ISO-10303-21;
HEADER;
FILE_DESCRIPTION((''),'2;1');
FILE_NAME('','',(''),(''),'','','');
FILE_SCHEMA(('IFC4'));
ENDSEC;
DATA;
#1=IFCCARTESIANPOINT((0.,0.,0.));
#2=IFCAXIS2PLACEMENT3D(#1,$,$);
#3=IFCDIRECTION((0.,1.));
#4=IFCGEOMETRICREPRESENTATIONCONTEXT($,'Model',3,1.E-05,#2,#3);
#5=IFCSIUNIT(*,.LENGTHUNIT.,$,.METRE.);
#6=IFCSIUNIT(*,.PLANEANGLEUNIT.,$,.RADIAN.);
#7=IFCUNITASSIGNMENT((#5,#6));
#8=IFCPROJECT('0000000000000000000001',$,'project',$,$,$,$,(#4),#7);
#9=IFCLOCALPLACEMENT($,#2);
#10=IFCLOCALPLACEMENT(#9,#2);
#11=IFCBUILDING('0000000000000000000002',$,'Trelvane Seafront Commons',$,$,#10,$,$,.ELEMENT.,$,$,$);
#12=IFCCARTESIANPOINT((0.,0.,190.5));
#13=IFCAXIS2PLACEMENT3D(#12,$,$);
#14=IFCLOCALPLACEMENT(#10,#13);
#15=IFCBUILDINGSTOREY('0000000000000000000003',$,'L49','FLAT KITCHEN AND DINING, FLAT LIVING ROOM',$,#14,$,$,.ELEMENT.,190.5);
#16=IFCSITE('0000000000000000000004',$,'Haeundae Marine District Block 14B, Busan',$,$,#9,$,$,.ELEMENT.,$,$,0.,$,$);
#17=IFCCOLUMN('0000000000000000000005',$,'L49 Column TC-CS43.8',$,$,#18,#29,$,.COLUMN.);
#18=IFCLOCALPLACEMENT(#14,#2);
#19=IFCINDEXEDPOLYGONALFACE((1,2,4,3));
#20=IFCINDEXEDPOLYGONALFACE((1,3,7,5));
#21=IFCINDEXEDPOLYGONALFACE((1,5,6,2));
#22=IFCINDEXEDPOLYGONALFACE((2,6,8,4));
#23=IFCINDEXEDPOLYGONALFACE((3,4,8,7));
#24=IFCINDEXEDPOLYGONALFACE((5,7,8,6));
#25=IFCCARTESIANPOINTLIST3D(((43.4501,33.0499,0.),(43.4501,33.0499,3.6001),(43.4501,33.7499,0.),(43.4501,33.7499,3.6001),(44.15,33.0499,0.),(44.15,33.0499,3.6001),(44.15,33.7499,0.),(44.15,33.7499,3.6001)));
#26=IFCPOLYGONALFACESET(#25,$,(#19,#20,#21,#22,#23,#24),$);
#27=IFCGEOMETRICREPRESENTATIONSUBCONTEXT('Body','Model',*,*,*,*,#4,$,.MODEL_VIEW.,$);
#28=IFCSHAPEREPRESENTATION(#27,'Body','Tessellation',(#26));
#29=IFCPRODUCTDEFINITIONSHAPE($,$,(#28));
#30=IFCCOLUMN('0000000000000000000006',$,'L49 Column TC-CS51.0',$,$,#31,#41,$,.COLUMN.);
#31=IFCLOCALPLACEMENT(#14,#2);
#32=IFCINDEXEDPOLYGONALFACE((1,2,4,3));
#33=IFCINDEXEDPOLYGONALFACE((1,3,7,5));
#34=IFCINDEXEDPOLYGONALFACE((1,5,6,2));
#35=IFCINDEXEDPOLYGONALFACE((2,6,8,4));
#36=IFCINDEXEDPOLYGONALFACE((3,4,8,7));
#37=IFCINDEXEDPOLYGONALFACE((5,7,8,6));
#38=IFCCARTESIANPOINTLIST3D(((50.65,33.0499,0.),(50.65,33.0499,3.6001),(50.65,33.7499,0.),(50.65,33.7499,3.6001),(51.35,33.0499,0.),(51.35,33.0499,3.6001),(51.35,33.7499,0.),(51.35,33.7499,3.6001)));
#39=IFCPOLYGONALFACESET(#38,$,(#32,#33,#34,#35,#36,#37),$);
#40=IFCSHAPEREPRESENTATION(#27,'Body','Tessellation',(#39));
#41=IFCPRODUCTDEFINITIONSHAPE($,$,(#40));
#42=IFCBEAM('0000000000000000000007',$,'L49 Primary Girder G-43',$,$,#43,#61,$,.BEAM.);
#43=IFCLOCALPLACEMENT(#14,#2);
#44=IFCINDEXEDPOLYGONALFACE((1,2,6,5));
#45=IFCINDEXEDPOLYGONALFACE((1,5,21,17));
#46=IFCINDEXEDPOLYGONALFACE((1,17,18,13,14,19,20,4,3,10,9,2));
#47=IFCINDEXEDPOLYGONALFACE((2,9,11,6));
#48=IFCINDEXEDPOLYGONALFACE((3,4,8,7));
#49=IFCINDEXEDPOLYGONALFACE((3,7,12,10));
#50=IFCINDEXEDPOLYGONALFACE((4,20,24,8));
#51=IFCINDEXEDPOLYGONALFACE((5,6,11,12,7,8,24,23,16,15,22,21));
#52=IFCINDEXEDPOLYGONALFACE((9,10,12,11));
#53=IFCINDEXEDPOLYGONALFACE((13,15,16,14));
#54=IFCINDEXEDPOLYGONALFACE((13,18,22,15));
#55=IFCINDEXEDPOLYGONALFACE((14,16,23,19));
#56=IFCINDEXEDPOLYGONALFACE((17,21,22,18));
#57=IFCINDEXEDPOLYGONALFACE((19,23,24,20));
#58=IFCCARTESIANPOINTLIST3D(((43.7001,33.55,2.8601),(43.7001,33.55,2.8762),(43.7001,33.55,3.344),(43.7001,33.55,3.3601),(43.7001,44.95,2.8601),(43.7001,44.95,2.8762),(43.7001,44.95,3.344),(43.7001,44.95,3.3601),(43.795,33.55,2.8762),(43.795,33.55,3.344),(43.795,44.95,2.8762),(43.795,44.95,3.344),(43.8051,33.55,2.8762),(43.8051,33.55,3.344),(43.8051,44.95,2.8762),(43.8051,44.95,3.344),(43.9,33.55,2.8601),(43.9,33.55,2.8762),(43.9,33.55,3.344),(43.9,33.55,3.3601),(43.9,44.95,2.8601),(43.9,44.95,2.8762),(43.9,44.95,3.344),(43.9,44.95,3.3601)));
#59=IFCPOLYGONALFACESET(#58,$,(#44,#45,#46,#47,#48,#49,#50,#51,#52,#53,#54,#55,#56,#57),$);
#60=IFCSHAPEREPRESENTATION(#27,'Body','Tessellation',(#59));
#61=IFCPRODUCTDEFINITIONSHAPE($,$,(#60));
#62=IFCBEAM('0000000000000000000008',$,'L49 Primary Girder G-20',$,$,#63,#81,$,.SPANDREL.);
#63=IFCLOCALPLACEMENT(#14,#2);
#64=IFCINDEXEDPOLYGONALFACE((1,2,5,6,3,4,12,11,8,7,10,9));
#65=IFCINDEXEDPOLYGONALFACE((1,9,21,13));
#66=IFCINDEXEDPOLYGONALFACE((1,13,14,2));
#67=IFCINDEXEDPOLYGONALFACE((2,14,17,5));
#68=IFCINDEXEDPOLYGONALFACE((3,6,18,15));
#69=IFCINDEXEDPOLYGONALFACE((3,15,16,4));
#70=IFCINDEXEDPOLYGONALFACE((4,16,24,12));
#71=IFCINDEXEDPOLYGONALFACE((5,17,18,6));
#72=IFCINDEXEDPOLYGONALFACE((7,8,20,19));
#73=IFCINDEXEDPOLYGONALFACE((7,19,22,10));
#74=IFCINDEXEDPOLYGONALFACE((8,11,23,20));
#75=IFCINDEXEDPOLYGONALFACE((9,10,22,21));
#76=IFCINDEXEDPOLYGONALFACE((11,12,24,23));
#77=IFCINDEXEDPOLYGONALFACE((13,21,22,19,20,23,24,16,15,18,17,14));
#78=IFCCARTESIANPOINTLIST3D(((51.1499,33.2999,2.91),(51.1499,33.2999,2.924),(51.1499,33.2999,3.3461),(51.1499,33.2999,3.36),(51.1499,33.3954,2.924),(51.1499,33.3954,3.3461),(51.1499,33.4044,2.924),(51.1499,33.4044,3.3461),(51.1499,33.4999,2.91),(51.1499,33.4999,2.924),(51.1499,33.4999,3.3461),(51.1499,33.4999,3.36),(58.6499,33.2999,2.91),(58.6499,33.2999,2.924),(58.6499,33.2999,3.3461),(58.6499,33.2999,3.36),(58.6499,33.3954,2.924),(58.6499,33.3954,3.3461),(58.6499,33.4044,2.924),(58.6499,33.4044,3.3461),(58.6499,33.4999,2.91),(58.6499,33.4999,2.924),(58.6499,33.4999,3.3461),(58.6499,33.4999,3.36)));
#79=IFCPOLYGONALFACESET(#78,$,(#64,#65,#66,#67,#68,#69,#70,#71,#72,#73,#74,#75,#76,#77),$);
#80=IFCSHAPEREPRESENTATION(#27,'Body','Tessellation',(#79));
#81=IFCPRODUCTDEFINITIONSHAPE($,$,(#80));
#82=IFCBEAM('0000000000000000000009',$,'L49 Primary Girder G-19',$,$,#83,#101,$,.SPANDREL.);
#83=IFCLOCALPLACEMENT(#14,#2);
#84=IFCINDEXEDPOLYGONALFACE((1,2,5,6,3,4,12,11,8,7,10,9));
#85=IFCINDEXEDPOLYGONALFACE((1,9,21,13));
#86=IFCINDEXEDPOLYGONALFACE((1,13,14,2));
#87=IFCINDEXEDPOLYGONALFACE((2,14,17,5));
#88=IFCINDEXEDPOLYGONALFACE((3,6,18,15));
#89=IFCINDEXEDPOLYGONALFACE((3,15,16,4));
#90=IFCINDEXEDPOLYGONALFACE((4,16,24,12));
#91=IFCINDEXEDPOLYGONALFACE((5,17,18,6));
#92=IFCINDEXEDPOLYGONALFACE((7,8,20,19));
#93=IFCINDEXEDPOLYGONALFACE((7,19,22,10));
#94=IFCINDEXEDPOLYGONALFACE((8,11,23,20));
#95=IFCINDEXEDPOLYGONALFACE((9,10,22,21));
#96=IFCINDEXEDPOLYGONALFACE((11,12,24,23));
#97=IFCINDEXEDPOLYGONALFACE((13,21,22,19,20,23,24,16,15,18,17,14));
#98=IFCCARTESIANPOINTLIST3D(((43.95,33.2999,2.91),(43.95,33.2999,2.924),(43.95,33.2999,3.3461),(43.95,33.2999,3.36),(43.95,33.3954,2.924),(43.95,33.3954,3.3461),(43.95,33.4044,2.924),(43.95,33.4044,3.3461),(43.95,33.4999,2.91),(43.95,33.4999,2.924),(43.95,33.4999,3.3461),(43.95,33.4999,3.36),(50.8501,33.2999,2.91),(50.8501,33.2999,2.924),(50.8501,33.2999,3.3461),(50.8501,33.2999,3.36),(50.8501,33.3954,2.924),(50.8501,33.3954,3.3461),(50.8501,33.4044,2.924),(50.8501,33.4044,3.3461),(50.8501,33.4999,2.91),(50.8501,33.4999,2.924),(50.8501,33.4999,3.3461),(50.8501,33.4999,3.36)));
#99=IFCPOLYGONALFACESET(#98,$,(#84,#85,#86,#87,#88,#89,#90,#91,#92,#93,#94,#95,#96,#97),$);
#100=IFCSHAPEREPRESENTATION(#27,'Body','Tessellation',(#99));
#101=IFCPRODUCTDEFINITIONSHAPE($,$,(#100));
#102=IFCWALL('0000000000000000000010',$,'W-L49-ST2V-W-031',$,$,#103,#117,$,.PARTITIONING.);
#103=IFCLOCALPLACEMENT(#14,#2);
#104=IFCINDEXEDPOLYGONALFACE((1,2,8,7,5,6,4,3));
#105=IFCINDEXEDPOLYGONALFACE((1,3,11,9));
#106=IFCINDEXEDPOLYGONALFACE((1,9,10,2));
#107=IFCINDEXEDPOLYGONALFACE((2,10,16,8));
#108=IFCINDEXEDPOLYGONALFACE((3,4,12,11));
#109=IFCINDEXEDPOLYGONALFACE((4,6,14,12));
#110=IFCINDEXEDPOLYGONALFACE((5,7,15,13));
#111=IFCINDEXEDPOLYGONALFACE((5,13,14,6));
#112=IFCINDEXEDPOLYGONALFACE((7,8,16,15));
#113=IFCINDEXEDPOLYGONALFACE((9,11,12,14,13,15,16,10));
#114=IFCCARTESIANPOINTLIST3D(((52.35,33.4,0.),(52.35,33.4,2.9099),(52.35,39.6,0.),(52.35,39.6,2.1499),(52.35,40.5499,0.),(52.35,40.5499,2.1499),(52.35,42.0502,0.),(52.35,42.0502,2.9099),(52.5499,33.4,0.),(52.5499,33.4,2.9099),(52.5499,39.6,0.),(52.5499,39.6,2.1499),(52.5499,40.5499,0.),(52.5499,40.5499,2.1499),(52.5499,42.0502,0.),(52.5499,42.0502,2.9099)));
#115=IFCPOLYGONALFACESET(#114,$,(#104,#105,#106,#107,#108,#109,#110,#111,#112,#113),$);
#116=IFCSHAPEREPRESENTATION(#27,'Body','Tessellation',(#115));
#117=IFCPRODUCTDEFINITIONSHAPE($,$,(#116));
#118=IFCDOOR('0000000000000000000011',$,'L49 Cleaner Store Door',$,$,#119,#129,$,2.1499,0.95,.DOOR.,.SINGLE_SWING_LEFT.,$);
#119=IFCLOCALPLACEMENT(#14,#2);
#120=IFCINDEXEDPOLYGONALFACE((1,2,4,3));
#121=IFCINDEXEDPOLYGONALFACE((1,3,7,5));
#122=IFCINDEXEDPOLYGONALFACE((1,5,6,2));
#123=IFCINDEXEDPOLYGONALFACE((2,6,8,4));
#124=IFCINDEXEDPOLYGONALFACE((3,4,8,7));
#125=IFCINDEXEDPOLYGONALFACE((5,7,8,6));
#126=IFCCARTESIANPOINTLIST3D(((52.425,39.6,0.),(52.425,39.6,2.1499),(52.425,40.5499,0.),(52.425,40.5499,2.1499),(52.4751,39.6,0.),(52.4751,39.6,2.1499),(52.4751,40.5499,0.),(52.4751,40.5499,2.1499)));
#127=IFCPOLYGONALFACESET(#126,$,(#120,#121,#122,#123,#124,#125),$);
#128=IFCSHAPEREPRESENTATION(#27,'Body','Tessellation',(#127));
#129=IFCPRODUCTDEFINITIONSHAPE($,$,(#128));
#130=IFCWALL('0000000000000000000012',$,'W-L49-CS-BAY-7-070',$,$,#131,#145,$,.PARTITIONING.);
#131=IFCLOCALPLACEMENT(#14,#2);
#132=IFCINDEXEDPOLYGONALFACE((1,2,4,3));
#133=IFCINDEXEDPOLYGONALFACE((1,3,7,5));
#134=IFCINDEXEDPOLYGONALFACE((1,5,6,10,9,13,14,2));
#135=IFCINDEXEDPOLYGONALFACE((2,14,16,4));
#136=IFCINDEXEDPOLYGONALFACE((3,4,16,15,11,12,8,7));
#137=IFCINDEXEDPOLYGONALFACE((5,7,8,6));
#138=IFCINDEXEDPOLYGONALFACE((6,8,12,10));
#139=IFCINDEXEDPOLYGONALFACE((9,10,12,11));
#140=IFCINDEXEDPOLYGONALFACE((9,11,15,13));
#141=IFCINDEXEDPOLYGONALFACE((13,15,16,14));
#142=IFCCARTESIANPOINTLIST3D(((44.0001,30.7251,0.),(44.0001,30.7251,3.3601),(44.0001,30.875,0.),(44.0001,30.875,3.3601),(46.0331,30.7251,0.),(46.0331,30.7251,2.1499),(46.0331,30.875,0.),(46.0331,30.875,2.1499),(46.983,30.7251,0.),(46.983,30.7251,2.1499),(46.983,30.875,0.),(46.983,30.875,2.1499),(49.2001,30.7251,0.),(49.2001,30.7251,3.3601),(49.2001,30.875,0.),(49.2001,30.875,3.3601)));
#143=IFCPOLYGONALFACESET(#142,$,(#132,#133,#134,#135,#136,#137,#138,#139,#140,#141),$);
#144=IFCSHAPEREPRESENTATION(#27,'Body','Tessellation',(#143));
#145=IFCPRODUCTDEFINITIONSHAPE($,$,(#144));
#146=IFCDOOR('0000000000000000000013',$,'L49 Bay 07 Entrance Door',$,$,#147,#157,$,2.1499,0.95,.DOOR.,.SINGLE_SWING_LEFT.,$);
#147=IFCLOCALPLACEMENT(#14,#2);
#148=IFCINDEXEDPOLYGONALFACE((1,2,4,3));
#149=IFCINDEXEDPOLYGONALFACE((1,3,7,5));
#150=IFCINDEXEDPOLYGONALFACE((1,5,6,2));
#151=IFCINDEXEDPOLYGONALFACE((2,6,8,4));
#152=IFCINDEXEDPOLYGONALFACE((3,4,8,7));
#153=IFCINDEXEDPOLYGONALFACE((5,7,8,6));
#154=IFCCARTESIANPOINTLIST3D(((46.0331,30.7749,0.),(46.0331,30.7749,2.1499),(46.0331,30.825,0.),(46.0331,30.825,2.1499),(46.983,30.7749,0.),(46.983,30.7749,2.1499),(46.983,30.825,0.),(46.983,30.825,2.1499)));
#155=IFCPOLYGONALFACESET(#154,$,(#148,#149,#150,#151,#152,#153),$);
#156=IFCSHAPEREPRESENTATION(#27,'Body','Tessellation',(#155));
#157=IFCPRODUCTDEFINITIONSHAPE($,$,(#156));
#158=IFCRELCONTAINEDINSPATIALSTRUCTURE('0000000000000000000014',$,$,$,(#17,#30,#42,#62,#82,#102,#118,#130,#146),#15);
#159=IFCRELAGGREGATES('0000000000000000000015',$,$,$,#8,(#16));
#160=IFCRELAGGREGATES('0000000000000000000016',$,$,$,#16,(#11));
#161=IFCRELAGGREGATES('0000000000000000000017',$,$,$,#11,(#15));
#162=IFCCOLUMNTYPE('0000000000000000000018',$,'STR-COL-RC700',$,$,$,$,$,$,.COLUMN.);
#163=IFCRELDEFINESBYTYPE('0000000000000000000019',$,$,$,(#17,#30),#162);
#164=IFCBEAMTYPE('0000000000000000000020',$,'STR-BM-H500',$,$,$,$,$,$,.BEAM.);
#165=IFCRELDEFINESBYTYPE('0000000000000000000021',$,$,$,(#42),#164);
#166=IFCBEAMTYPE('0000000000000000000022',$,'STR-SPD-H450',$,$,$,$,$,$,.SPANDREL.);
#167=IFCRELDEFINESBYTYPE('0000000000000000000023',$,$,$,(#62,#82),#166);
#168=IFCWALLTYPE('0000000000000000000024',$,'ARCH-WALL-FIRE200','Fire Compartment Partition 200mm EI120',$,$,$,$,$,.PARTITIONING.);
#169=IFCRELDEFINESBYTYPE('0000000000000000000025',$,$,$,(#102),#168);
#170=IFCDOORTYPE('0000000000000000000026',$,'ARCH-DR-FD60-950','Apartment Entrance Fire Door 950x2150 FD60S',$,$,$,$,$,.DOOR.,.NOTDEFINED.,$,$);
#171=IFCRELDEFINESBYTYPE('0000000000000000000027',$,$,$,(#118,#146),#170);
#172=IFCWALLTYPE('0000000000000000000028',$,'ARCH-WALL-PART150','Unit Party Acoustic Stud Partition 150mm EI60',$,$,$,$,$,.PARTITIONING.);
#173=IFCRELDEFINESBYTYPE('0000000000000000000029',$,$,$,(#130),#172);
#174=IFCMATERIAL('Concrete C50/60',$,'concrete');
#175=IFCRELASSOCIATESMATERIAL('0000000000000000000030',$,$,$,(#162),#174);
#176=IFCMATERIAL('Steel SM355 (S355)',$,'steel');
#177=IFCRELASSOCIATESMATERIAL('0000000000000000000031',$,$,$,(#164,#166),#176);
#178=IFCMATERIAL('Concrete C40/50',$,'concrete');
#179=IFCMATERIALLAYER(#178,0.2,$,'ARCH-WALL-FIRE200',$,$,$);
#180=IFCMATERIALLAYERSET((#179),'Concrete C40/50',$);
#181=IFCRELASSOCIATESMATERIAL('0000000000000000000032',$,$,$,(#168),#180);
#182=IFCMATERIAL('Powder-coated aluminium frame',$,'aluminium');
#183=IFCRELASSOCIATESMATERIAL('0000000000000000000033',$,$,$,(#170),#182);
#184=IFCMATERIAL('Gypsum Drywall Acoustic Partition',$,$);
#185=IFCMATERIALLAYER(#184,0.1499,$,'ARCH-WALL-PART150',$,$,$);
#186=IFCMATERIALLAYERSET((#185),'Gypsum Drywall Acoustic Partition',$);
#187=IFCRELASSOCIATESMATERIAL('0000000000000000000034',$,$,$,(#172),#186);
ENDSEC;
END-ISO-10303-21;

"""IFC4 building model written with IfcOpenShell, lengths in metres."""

from ifc_helpers import new_model, si_unit, direction, frame, frame_2d, origin, origin_2d, place, context, subcontext, project, spatial, rectangle, i_section, extrude, source, transform, mapped, material, layer, layer_set, material_profile, profile_set, type_object, element, fill, save


model = new_model("IFC4")

# Units and contexts
model_context = context("Model", 3, precision=1e-05, world=origin(), true_north=direction((0.0, 1.0)))
body_context = subcontext(model_context, "Body", "Model", "MODEL_VIEW")
ifc_project = project(units=[si_unit("LENGTHUNIT", "METRE"), si_unit("PLANEANGLEUNIT", "RADIAN")], contexts=[model_context])

# Site, building, storey
site_placement = place(None, origin())
site = spatial("IfcSite", under=ifc_project, at=site_placement, Name="Haeundae Marine District Block 14B, Busan", CompositionType="ELEMENT", RefElevation=0.0)
building_placement = place(site_placement, origin())
building = spatial("IfcBuilding", under=site, at=building_placement, Name="Trelvane Seafront Commons", CompositionType="ELEMENT")
storey_placement = place(building_placement, frame((0.0, 0.0, 190.5)))
storey = spatial("IfcBuildingStorey", under=building, at=storey_placement, Name="L49", Description="FLAT KITCHEN AND DINING, FLAT LIVING ROOM", CompositionType="ELEMENT", Elevation=190.5)

# Columns
ifc_material_1 = material(Name="Concrete C50/60", Category="concrete")
ifc_material_profile_1 = material_profile(ifc_material_1, rectangle(XDim=0.7, YDim=0.7, at=origin_2d()), Name="RC-700x700")
ifc_profile_set_1 = profile_set([ifc_material_profile_1], Name="Concrete C50/60")
column_type = type_object("IfcColumnType", Name="STR-COL-RC700", PredefinedType="COLUMN", material=ifc_profile_set_1)
shared_shape_1 = source(origin(), body_context, "Body", "SweptSolid", [
    extrude(rectangle(XDim=0.7, YDim=0.7, at=origin_2d()), origin(), (0.0, 0.0, 1.0), 3.6001),
])
for number, where, z_axis, x_axis, name in (
    (1, (43.8, 33.3999, 0.0), (0.0, 0.0, 1.0), (1.0, 0.0, 0.0), "L49 Column TC-CS43.8"),
    (2, (51.0, 33.3999, 0.0), (0.0, 0.0, 1.0), (1.0, 0.0, 0.0), "L49 Column TC-CS51.0"),
):
    element("IfcColumn", number, at=place(storey_placement, frame(where, z_axis=z_axis, x_axis=x_axis)), inside=storey, type_object=column_type, Name=name, PredefinedType="COLUMN", context=body_context, shape_type="MappedRepresentation", body=[
        mapped(shared_shape_1, transform((0.0, 0.0, 0.0), x_axis=(1.0, 0.0, 0.0), y_axis=(0.0, 1.0, 0.0), z_axis=(0.0, 0.0, 1.0), scale=1.0)),
    ])

# Beams
ifc_material_2 = material(Name="Steel SM355 (S355)", Category="steel")
ifc_material_profile_2 = material_profile(ifc_material_2, i_section(OverallWidth=0.2, OverallDepth=0.5, WebThickness=0.01, FlangeThickness=0.0161, at=origin_2d()), Name="H-500x200x10x16")
ifc_profile_set_2 = profile_set([ifc_material_profile_2], Name="Steel SM355 (S355)")
beam_type_1 = type_object("IfcBeamType", Name="STR-BM-H500", PredefinedType="BEAM", material=ifc_profile_set_2)
shared_shape_2 = source(origin(), body_context, "Body", "SweptSolid", [
    extrude(i_section(OverallWidth=0.2, OverallDepth=0.5, WebThickness=0.01, FlangeThickness=0.0161, at=origin_2d()), origin(), (0.0, 0.0, 1.0), 11.3999),
])
beam_1_placement = place(storey_placement, frame((43.8, 33.55, 3.1101), z_axis=(0.0, 1.0, 0.0), x_axis=(-1.0, 0.0, 0.0)))
element("IfcBeam", 3, at=beam_1_placement, inside=storey, type_object=beam_type_1, Name="L49 Primary Girder G-43", PredefinedType="BEAM", context=body_context, shape_type="MappedRepresentation", body=[
    mapped(shared_shape_2, transform((0.0, 0.0, 0.0), x_axis=(1.0, 0.0, 0.0), y_axis=(0.0, 1.0, 0.0), z_axis=(0.0, 0.0, 1.0), scale=1.0)),
])
ifc_material_profile_3 = material_profile(ifc_material_2, i_section(OverallWidth=0.2, OverallDepth=0.45, WebThickness=0.009, FlangeThickness=0.0139, at=origin_2d()), Name="H-450x200x9x14")
ifc_profile_set_3 = profile_set([ifc_material_profile_3], Name="Steel SM355 (S355)")
beam_type_2 = type_object("IfcBeamType", Name="STR-SPD-H450", PredefinedType="SPANDREL", material=ifc_profile_set_3)
shared_shape_3 = source(origin(), body_context, "Body", "SweptSolid", [
    extrude(i_section(OverallWidth=0.2, OverallDepth=0.45, WebThickness=0.009, FlangeThickness=0.0139, at=origin_2d()), origin(), (0.0, 0.0, 1.0), 7.5),
])
beam_2_placement = place(storey_placement, frame((51.1499, 33.3999, 3.135), z_axis=(1.0, 0.0, 0.0), x_axis=(0.0, 1.0, 0.0)))
element("IfcBeam", 4, at=beam_2_placement, inside=storey, type_object=beam_type_2, Name="L49 Primary Girder G-20", PredefinedType="SPANDREL", context=body_context, shape_type="MappedRepresentation", body=[
    mapped(shared_shape_3, transform((0.0, 0.0, 0.0), x_axis=(1.0, 0.0, 0.0), y_axis=(0.0, 1.0, 0.0), z_axis=(0.0, 0.0, 1.0), scale=1.0)),
])
shared_shape_4 = source(origin(), body_context, "Body", "SweptSolid", [
    extrude(i_section(OverallWidth=0.2, OverallDepth=0.45, WebThickness=0.009, FlangeThickness=0.0139, at=origin_2d()), origin(), (0.0, 0.0, 1.0), 6.9001),
])
beam_3_placement = place(storey_placement, frame((43.95, 33.3999, 3.135), z_axis=(1.0, 0.0, 0.0), x_axis=(0.0, 1.0, 0.0)))
element("IfcBeam", 5, at=beam_3_placement, inside=storey, type_object=beam_type_2, Name="L49 Primary Girder G-19", PredefinedType="SPANDREL", context=body_context, shape_type="MappedRepresentation", body=[
    mapped(shared_shape_4, transform((0.0, 0.0, 0.0), x_axis=(1.0, 0.0, 0.0), y_axis=(0.0, 1.0, 0.0), z_axis=(0.0, 0.0, 1.0), scale=1.0)),
])

# Wall, opening, door
ifc_material_3 = material(Name="Concrete C40/50", Category="concrete")
ifc_layer_1 = layer(ifc_material_3, 0.2, Name="ARCH-WALL-FIRE200")
ifc_layer_set_1 = layer_set([ifc_layer_1], Name="Concrete C40/50")
wall_type_1 = type_object("IfcWallType", Name="ARCH-WALL-FIRE200", Description="Fire Compartment Partition 200mm EI120", PredefinedType="PARTITIONING", material=ifc_layer_set_1)
wall_1_placement = place(storey_placement, frame((52.45, 33.3999, 0.0), z_axis=(0.0, 0.0, 1.0), x_axis=(0.0, 1.0, 0.0)))
wall_1 = element("IfcWall", 6, at=wall_1_placement, inside=storey, type_object=wall_type_1, Name="W-L49-ST2V-W-031", PredefinedType="PARTITIONING", context=body_context, shape_type="SweptSolid", body=[
    extrude(rectangle(XDim=8.6501, YDim=0.2, at=frame_2d((4.3252, 0.0))), origin(), (0.0, 0.0, 1.0), 2.9099),
])
opening_1_placement = place(wall_1_placement, frame((6.2, 0.0, 0.0)))
opening_1 = element("IfcOpeningElement", 7, at=opening_1_placement, cuts=wall_1, PredefinedType="OPENING", context=body_context, shape_type="SweptSolid", body=[
    extrude(rectangle(XDim=0.95, YDim=2.1499, at=frame_2d((0.4751, 1.075))), frame((0.0, 0.1099, 0.0), z_axis=(0.0, -1.0, 0.0), x_axis=(1.0, 0.0, 0.0)), (0.0, 0.0, 1.0), 0.22),
])
ifc_material_4 = material(Name="Powder-coated aluminium frame", Category="aluminium")
door_type_1 = type_object("IfcDoorType", Name="ARCH-DR-FD60-950", Description="Apartment Entrance Fire Door 950x2150 FD60S", OperationType="NOTDEFINED", PredefinedType="DOOR", material=ifc_material_4)
shared_shape_5 = source(origin(), body_context, "Body", "SweptSolid", [
    extrude(rectangle(XDim=0.95, YDim=2.1499, at=frame_2d((0.4751, 1.075))), frame((0.0, 0.0249, 0.0), z_axis=(0.0, -1.0, 0.0), x_axis=(1.0, 0.0, 0.0)), (0.0, 0.0, 1.0), 0.05),
])
door_1_placement = place(opening_1_placement, origin())
door_1 = element("IfcDoor", 8, at=door_1_placement, inside=storey, type_object=door_type_1, Name="L49 Cleaner Store Door", OperationType="SINGLE_SWING_LEFT", OverallHeight=2.1499, OverallWidth=0.95, PredefinedType="DOOR", context=body_context, shape_type="MappedRepresentation", body=[
    mapped(shared_shape_5, transform((0.0, 0.0, 0.0), x_axis=(1.0, 0.0, 0.0), y_axis=(0.0, 1.0, 0.0), z_axis=(0.0, 0.0, 1.0), scale=1.0)),
])
fill(opening_1, door_1)

# Shared definitions
ifc_material_5 = material(Name="Gypsum Drywall Acoustic Partition")

# Wall, opening, door
ifc_layer_2 = layer(ifc_material_5, 0.1499, Name="ARCH-WALL-PART150")
ifc_layer_set_2 = layer_set([ifc_layer_2], Name="Gypsum Drywall Acoustic Partition")
wall_type_2 = type_object("IfcWallType", Name="ARCH-WALL-PART150", Description="Unit Party Acoustic Stud Partition 150mm EI60", PredefinedType="PARTITIONING", material=ifc_layer_set_2)
wall_2_placement = place(storey_placement, frame((44.0, 30.8, 0.0), z_axis=(0.0, 0.0, 1.0), x_axis=(1.0, 0.0, 0.0)))
wall_2 = element("IfcWall", 9, at=wall_2_placement, inside=storey, type_object=wall_type_2, Name="W-L49-CS-BAY-7-070", PredefinedType="PARTITIONING", context=body_context, shape_type="SweptSolid", body=[
    extrude(rectangle(XDim=5.2, YDim=0.1499, at=frame_2d((2.6001, 0.0))), origin(), (0.0, 0.0, 1.0), 3.3601),
])
opening_2_placement = place(wall_2_placement, frame((2.033, 0.0, 0.0)))
opening_2 = element("IfcOpeningElement", 10, at=opening_2_placement, cuts=wall_2, PredefinedType="OPENING", context=body_context, shape_type="SweptSolid", body=[
    extrude(rectangle(XDim=0.95, YDim=2.1499, at=frame_2d((0.4751, 1.075))), frame((0.0, 0.085, 0.0), z_axis=(0.0, -1.0, 0.0), x_axis=(1.0, 0.0, 0.0)), (0.0, 0.0, 1.0), 0.1699),
])
door_2_placement = place(opening_2_placement, origin())
door_2 = element("IfcDoor", 11, at=door_2_placement, inside=storey, type_object=door_type_1, Name="L49 Bay 07 Entrance Door", OperationType="SINGLE_SWING_LEFT", OverallHeight=2.1499, OverallWidth=0.95, PredefinedType="DOOR", context=body_context, shape_type="MappedRepresentation", body=[
    mapped(shared_shape_5, transform((0.0, 0.0, 0.0), x_axis=(1.0, 0.0, 0.0), y_axis=(0.0, 1.0, 0.0), z_axis=(0.0, 0.0, 1.0), scale=1.0)),
])
fill(opening_2, door_2)

save(model, "model.ifc")
